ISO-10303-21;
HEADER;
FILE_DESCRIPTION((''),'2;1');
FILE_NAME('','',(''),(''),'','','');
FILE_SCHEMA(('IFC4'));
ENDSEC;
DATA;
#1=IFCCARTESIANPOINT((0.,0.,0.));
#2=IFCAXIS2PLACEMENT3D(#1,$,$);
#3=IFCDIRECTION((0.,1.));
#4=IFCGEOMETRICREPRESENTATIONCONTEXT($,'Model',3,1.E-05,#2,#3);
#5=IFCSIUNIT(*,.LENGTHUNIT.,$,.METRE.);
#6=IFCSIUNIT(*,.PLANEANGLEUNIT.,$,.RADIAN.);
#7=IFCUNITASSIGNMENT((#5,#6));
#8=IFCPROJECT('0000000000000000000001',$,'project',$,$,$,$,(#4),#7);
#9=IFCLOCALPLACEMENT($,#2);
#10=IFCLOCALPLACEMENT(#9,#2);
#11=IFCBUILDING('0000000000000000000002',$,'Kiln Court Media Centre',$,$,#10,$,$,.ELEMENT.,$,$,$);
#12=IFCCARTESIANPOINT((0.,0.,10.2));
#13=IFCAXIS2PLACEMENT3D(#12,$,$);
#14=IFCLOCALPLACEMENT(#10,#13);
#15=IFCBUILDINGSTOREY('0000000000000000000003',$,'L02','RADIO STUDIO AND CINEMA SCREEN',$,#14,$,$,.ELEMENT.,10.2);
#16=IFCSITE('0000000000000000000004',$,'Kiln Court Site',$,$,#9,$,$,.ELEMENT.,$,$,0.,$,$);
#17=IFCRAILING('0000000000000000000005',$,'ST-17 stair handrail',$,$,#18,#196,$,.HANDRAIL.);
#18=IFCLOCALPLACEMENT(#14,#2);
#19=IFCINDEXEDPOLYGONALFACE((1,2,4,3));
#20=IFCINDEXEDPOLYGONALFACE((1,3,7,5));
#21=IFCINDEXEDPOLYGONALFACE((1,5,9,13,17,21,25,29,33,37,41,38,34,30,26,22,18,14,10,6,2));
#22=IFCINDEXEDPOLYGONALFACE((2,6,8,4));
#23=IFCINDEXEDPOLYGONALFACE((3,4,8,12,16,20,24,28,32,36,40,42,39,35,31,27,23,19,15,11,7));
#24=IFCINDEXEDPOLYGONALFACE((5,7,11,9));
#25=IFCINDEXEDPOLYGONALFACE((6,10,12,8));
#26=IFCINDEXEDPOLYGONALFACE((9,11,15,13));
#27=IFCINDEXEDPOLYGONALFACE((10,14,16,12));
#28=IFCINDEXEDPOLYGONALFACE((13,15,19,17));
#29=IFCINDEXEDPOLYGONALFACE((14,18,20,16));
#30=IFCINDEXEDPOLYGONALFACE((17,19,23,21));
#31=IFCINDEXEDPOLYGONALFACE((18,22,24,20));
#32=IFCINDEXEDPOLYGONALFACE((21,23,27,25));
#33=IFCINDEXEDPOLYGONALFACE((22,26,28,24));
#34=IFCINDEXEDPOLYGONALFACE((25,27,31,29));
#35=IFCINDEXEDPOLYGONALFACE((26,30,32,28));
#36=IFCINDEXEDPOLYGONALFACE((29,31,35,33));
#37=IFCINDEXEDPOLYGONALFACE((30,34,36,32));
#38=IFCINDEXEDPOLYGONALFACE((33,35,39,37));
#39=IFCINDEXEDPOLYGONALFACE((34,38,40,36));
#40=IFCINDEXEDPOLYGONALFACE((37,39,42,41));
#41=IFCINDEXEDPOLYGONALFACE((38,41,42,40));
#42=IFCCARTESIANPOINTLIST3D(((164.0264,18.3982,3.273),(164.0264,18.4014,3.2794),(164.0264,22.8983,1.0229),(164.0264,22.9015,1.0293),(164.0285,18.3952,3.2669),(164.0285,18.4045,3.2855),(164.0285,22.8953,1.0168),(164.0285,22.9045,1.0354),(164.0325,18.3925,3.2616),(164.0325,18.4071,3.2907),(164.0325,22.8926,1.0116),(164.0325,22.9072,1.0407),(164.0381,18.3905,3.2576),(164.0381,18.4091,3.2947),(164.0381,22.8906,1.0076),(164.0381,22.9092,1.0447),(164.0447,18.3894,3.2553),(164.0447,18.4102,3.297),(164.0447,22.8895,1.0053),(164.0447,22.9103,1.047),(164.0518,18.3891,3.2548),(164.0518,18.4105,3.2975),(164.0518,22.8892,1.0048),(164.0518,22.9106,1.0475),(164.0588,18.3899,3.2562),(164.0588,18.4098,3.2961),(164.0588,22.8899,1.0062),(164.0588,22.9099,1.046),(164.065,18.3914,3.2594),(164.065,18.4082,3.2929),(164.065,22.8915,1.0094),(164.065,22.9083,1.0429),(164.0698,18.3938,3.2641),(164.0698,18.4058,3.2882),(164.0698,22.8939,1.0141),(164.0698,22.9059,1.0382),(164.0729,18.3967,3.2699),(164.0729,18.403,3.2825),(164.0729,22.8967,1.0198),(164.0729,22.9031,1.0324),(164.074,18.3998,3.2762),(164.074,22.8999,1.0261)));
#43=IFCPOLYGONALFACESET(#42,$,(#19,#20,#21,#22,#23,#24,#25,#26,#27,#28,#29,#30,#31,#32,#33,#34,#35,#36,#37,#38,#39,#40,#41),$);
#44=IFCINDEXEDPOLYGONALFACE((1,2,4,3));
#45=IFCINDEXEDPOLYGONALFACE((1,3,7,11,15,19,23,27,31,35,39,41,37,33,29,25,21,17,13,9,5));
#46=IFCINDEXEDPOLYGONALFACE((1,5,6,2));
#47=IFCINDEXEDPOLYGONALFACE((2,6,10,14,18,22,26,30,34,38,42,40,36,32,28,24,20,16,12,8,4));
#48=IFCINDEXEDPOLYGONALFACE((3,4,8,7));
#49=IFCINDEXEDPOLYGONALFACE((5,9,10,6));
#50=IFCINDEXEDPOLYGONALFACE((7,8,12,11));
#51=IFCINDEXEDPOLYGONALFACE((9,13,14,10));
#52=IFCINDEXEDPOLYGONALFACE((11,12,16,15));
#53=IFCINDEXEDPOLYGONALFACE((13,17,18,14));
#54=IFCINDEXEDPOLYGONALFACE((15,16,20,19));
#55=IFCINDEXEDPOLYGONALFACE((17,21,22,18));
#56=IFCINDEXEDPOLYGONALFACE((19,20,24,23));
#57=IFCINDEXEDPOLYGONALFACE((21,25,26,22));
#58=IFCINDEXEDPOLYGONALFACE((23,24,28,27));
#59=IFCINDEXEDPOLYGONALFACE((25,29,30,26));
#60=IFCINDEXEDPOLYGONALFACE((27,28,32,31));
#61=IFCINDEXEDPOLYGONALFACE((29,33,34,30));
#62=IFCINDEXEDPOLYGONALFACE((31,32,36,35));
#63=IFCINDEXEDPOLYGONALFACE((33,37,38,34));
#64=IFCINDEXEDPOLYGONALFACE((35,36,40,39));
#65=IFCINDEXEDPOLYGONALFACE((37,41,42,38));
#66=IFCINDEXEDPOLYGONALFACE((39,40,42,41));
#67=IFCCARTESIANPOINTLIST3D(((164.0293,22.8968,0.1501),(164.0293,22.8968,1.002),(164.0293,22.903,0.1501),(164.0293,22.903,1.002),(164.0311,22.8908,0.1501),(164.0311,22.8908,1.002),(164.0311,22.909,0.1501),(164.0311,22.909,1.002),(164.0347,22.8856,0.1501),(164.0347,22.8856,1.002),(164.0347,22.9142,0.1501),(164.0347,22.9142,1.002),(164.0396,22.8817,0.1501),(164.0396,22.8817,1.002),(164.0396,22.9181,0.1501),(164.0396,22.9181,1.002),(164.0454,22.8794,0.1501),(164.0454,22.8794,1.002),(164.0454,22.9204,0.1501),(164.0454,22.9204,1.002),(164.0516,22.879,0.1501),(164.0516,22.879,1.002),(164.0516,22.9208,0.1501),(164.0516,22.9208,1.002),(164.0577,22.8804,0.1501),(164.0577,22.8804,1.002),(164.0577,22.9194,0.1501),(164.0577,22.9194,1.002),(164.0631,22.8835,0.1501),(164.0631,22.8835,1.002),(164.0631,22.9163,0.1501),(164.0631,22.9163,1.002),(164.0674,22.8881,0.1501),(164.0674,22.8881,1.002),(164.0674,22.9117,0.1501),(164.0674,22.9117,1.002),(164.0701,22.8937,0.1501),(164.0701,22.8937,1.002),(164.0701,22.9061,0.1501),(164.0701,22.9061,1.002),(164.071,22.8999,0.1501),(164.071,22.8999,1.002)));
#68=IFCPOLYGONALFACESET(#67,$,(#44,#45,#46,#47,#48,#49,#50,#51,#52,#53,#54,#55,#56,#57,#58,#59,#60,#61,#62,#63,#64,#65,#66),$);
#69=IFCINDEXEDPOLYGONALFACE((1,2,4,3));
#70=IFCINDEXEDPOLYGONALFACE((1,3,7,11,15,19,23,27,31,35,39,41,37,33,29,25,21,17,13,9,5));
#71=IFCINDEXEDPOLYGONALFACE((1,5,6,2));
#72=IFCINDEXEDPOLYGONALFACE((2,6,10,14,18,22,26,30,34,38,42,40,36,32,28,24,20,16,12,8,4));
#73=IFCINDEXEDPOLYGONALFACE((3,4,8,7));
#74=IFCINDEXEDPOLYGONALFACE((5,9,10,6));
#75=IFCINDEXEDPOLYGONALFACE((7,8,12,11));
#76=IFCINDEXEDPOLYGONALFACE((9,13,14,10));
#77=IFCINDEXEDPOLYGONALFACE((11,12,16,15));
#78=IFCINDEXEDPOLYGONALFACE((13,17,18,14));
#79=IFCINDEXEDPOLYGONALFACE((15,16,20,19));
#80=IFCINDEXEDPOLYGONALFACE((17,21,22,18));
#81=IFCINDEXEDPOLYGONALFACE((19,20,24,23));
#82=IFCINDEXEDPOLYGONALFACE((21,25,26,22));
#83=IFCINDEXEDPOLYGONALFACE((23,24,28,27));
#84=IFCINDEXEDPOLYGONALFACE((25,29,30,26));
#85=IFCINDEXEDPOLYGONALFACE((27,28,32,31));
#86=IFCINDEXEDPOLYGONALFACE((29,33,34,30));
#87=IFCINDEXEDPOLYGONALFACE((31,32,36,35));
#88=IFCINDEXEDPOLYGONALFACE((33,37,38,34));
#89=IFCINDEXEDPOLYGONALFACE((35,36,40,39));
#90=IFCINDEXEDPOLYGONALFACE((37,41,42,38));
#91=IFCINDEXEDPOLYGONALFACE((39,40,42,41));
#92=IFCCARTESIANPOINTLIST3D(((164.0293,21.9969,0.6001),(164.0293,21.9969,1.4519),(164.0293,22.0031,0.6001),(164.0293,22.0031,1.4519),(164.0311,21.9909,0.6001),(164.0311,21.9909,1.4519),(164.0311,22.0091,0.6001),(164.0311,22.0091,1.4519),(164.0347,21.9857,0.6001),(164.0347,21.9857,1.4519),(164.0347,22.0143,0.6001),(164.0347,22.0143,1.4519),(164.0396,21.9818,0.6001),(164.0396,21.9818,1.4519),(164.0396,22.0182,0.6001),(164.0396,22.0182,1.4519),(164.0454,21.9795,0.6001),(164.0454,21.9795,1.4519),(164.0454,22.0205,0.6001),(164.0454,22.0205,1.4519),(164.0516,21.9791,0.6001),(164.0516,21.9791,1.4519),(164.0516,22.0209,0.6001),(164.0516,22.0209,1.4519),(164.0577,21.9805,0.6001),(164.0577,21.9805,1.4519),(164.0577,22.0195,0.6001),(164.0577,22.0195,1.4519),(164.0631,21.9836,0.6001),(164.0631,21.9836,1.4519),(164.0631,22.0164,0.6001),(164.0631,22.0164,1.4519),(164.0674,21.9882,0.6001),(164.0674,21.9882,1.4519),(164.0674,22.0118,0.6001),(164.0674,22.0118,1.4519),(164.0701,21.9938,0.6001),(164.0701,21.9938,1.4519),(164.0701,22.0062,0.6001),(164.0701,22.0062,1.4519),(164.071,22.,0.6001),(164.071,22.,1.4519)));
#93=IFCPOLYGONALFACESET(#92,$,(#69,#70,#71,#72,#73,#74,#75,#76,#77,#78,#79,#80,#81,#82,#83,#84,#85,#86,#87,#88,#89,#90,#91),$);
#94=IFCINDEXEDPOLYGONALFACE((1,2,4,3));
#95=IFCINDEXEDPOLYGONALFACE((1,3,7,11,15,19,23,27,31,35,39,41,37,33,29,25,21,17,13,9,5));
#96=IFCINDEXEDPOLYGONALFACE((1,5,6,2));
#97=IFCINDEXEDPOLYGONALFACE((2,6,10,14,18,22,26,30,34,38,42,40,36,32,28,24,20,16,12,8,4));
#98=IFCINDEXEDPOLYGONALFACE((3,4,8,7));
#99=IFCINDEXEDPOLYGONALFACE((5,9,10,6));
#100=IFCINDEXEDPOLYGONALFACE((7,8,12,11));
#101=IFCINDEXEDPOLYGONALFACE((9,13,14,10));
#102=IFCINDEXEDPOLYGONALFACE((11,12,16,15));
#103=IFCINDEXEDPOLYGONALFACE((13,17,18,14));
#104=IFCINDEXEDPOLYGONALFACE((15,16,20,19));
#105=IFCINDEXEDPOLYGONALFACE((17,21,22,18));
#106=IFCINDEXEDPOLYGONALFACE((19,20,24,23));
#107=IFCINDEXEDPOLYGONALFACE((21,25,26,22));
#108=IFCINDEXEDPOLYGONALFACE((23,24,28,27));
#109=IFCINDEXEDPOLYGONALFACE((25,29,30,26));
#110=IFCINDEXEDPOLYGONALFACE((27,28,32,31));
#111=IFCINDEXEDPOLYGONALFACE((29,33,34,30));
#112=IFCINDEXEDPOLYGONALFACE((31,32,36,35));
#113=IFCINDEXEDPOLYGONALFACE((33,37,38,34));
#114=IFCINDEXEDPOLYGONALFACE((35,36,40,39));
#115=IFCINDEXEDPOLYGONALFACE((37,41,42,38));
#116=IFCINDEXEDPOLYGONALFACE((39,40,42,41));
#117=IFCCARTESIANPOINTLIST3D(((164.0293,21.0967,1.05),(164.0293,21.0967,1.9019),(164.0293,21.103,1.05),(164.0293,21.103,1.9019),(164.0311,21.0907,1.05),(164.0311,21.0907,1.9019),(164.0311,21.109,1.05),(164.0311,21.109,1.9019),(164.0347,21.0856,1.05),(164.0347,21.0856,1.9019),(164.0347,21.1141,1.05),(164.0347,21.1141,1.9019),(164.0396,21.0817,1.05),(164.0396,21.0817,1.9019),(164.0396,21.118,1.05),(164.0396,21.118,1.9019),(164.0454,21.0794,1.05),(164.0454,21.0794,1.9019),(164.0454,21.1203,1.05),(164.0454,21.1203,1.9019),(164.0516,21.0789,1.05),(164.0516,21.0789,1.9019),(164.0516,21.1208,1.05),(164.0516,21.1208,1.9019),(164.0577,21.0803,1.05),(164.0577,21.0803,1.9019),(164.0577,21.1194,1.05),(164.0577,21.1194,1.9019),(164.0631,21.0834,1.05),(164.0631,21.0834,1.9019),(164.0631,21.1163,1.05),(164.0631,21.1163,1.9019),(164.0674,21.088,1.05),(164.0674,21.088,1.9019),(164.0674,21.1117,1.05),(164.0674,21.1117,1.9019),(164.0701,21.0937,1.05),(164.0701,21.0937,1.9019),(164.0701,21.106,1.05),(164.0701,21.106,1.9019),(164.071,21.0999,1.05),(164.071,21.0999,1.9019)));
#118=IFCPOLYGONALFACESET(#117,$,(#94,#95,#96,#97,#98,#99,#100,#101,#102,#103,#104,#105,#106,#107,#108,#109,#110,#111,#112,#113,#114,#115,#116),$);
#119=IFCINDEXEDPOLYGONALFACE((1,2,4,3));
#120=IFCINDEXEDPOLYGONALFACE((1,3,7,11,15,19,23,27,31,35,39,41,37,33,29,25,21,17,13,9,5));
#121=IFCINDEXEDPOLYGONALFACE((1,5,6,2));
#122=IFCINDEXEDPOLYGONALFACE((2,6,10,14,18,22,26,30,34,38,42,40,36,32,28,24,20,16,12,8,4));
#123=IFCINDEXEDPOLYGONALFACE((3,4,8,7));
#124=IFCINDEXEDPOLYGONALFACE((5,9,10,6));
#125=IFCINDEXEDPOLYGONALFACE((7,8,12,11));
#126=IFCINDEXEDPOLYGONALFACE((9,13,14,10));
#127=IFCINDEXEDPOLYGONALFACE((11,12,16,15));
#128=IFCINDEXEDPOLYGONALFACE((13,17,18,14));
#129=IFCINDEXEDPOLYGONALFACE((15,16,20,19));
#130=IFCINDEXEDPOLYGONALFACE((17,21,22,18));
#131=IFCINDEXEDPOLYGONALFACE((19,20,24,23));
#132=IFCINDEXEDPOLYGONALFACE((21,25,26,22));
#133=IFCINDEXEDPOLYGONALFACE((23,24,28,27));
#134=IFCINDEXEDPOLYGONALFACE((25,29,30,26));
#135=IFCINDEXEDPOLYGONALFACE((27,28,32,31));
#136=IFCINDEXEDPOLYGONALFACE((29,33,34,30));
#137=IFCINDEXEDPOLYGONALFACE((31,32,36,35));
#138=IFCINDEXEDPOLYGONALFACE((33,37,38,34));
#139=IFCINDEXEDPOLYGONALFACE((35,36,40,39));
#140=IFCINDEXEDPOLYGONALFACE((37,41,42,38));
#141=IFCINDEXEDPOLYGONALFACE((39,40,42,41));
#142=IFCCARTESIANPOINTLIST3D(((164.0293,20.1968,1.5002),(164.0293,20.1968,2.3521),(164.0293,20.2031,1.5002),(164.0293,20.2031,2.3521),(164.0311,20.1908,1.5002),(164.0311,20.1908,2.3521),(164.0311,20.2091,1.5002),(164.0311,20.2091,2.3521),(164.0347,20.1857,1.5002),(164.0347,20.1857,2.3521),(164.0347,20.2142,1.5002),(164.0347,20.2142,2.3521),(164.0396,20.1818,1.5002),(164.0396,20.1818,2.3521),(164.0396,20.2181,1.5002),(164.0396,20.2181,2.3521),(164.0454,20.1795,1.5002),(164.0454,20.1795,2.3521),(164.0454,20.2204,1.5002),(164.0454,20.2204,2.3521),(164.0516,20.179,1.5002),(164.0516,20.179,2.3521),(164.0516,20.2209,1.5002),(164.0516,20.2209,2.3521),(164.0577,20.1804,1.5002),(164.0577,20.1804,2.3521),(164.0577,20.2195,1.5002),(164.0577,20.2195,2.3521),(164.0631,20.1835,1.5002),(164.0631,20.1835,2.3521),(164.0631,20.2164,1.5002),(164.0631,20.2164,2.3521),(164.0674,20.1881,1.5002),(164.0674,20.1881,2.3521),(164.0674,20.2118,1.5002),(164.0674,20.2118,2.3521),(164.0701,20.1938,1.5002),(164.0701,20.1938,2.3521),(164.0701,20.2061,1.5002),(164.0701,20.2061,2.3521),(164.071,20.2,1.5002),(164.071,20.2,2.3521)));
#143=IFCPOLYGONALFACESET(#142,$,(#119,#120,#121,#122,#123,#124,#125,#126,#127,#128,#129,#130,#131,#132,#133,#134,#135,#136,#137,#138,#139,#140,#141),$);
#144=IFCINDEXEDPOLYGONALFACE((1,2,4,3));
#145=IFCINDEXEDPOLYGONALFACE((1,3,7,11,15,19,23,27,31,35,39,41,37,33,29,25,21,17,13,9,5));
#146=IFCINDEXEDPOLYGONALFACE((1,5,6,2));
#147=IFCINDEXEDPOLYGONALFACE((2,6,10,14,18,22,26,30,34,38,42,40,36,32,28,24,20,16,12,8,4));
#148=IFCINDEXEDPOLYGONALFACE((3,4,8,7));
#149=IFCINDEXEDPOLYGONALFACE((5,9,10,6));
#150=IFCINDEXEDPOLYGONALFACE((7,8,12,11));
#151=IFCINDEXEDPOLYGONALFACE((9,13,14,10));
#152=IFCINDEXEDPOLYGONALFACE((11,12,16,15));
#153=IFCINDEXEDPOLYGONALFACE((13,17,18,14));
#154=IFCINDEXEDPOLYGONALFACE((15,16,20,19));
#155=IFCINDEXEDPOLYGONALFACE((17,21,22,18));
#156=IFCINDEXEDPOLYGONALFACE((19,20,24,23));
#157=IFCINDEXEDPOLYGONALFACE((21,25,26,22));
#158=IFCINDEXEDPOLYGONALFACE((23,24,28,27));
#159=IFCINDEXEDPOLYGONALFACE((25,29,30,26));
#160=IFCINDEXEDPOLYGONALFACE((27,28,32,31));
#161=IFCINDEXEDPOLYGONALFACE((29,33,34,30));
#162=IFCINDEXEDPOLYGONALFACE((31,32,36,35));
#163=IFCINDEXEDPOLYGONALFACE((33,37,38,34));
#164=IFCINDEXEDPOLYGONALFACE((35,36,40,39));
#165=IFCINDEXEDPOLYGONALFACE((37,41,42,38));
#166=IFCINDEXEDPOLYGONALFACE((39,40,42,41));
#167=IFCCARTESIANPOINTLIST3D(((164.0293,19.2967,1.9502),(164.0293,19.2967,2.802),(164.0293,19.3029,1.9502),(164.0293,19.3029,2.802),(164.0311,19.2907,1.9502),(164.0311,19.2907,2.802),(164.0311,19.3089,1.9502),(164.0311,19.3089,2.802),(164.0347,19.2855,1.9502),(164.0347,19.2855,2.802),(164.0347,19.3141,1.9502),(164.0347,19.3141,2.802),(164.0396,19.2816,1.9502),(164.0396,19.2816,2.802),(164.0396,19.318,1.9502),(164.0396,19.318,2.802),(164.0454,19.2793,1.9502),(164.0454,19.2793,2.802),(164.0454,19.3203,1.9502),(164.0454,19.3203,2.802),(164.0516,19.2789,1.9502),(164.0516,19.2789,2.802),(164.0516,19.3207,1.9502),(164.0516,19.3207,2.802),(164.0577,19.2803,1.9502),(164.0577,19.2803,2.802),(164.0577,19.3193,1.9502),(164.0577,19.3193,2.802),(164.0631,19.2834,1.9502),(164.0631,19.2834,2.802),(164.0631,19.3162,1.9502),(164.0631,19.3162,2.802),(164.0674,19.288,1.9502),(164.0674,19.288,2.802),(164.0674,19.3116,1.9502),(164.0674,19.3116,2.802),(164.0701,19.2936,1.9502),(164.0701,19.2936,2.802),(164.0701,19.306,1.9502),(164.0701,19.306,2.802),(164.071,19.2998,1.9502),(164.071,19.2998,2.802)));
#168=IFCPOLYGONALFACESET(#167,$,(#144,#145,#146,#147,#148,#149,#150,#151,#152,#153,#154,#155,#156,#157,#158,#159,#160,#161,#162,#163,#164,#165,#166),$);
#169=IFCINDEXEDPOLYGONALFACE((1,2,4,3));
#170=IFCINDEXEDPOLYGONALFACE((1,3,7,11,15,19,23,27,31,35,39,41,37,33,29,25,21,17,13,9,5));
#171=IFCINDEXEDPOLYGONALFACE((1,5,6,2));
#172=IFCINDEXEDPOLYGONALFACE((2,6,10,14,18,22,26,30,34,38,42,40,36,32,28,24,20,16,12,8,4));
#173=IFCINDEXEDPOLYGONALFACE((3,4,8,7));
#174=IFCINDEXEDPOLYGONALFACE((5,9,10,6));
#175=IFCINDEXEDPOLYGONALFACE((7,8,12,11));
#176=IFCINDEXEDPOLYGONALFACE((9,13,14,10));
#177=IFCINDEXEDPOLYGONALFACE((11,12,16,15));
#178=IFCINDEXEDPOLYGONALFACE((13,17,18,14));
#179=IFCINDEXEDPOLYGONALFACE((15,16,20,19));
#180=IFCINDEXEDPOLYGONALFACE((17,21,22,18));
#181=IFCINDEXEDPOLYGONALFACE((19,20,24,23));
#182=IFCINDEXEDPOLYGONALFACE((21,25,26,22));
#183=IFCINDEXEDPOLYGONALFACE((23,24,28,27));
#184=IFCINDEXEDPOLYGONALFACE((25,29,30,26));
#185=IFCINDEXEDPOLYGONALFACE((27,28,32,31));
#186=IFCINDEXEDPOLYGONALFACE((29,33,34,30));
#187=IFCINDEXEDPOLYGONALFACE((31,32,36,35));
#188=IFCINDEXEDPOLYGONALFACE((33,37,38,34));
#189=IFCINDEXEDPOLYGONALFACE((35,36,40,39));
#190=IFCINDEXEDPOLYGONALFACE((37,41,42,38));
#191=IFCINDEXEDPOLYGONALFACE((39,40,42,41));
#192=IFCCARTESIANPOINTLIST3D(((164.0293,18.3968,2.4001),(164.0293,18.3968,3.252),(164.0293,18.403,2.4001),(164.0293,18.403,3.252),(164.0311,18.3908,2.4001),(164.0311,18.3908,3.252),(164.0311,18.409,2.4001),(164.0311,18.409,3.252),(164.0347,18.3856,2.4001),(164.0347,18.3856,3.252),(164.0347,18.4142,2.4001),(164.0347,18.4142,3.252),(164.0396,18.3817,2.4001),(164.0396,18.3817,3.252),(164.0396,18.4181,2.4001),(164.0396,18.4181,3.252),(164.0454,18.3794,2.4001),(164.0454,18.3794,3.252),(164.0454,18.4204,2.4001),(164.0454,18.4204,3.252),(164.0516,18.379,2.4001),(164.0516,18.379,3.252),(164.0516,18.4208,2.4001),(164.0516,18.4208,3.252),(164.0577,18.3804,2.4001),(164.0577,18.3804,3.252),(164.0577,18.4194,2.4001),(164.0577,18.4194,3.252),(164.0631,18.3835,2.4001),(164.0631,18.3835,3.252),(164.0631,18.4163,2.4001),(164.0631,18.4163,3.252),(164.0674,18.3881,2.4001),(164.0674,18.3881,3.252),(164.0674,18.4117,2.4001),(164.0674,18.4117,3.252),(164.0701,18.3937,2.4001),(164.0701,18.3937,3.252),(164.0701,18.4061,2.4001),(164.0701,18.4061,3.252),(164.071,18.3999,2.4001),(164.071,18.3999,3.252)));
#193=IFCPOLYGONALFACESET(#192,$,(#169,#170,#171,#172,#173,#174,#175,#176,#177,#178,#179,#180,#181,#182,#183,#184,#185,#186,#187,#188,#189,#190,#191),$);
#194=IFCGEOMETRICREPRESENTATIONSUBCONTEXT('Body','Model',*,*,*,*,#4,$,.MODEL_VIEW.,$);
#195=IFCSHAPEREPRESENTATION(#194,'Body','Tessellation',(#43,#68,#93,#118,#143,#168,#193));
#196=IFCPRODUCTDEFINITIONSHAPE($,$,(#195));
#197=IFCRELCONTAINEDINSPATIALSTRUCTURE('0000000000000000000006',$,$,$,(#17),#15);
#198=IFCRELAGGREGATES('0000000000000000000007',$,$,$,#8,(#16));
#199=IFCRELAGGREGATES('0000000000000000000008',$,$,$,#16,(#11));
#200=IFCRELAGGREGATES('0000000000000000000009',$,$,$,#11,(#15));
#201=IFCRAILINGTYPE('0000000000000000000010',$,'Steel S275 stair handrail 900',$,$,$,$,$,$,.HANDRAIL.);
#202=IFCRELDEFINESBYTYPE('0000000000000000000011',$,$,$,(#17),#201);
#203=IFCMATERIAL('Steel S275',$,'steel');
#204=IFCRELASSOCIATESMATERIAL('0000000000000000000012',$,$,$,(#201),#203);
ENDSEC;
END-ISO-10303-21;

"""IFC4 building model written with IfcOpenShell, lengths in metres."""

from ifc_helpers import new_model, si_unit, direction, frame, origin, origin_2d, place, context, subcontext, project, spatial, circle, extrude, material, type_object, element, save


model = new_model("IFC4")

# Units and contexts
model_context = context("Model", 3, precision=1e-05, world=origin(), true_north=direction((0.0, 1.0)))
body_context = subcontext(model_context, "Body", "Model", "MODEL_VIEW")
ifc_project = project(units=[si_unit("LENGTHUNIT", "METRE"), si_unit("PLANEANGLEUNIT", "RADIAN")], contexts=[model_context])

# Site, building, storey
site_placement = place(None, origin())
site = spatial("IfcSite", under=ifc_project, at=site_placement, Name="Kiln Court Site", CompositionType="ELEMENT", RefElevation=0.0)
building_placement = place(site_placement, origin())
building = spatial("IfcBuilding", under=site, at=building_placement, Name="Kiln Court Media Centre", CompositionType="ELEMENT")
storey_placement = place(building_placement, frame((0.0, 0.0, 10.2)))
storey = spatial("IfcBuildingStorey", under=building, at=storey_placement, Name="L02", Description="RADIO STUDIO AND CINEMA SCREEN", CompositionType="ELEMENT", Elevation=10.2)

# Railing
ifc_material_1 = material(Name="Steel S275", Category="steel")
railing_type_1 = type_object("IfcRailingType", Name="Steel S275 stair handrail 900", PredefinedType="HANDRAIL", material=ifc_material_1)
railing_1_placement = place(storey_placement, frame((164.05, 22.8999, 0.1501)))
element("IfcRailing", 1, at=railing_1_placement, inside=storey, type_object=railing_type_1, Name="ST-17 stair handrail", PredefinedType="HANDRAIL", context=body_context, shape_type="SweptSolid", body=[
    extrude(circle(Radius=0.0239, at=origin_2d()), frame((0.0, 0.0, 0.876), z_axis=(0.0, -0.894427, 0.447214), x_axis=(1.0, 0.0, 0.0)), (0.0, 0.0, 1.0), 5.0312),
    extrude(circle(Radius=0.021, at=origin_2d()), origin(), (0.0, 0.0, 1.0), 0.8518),
    extrude(circle(Radius=0.021, at=origin_2d()), frame((0.0, -0.8999, 0.45)), (0.0, 0.0, 1.0), 0.8518),
    extrude(circle(Radius=0.021, at=origin_2d()), frame((0.0, -1.8, 0.8999)), (0.0, 0.0, 1.0), 0.8518),
    extrude(circle(Radius=0.021, at=origin_2d()), frame((0.0, -2.7, 1.3501)), (0.0, 0.0, 1.0), 0.8518),
    extrude(circle(Radius=0.021, at=origin_2d()), frame((0.0, -3.6001, 1.8)), (0.0, 0.0, 1.0), 0.8518),
    extrude(circle(Radius=0.021, at=origin_2d()), frame((0.0, -4.5, 2.25)), (0.0, 0.0, 1.0), 0.8518),
])

save(model, "model.ifc")
